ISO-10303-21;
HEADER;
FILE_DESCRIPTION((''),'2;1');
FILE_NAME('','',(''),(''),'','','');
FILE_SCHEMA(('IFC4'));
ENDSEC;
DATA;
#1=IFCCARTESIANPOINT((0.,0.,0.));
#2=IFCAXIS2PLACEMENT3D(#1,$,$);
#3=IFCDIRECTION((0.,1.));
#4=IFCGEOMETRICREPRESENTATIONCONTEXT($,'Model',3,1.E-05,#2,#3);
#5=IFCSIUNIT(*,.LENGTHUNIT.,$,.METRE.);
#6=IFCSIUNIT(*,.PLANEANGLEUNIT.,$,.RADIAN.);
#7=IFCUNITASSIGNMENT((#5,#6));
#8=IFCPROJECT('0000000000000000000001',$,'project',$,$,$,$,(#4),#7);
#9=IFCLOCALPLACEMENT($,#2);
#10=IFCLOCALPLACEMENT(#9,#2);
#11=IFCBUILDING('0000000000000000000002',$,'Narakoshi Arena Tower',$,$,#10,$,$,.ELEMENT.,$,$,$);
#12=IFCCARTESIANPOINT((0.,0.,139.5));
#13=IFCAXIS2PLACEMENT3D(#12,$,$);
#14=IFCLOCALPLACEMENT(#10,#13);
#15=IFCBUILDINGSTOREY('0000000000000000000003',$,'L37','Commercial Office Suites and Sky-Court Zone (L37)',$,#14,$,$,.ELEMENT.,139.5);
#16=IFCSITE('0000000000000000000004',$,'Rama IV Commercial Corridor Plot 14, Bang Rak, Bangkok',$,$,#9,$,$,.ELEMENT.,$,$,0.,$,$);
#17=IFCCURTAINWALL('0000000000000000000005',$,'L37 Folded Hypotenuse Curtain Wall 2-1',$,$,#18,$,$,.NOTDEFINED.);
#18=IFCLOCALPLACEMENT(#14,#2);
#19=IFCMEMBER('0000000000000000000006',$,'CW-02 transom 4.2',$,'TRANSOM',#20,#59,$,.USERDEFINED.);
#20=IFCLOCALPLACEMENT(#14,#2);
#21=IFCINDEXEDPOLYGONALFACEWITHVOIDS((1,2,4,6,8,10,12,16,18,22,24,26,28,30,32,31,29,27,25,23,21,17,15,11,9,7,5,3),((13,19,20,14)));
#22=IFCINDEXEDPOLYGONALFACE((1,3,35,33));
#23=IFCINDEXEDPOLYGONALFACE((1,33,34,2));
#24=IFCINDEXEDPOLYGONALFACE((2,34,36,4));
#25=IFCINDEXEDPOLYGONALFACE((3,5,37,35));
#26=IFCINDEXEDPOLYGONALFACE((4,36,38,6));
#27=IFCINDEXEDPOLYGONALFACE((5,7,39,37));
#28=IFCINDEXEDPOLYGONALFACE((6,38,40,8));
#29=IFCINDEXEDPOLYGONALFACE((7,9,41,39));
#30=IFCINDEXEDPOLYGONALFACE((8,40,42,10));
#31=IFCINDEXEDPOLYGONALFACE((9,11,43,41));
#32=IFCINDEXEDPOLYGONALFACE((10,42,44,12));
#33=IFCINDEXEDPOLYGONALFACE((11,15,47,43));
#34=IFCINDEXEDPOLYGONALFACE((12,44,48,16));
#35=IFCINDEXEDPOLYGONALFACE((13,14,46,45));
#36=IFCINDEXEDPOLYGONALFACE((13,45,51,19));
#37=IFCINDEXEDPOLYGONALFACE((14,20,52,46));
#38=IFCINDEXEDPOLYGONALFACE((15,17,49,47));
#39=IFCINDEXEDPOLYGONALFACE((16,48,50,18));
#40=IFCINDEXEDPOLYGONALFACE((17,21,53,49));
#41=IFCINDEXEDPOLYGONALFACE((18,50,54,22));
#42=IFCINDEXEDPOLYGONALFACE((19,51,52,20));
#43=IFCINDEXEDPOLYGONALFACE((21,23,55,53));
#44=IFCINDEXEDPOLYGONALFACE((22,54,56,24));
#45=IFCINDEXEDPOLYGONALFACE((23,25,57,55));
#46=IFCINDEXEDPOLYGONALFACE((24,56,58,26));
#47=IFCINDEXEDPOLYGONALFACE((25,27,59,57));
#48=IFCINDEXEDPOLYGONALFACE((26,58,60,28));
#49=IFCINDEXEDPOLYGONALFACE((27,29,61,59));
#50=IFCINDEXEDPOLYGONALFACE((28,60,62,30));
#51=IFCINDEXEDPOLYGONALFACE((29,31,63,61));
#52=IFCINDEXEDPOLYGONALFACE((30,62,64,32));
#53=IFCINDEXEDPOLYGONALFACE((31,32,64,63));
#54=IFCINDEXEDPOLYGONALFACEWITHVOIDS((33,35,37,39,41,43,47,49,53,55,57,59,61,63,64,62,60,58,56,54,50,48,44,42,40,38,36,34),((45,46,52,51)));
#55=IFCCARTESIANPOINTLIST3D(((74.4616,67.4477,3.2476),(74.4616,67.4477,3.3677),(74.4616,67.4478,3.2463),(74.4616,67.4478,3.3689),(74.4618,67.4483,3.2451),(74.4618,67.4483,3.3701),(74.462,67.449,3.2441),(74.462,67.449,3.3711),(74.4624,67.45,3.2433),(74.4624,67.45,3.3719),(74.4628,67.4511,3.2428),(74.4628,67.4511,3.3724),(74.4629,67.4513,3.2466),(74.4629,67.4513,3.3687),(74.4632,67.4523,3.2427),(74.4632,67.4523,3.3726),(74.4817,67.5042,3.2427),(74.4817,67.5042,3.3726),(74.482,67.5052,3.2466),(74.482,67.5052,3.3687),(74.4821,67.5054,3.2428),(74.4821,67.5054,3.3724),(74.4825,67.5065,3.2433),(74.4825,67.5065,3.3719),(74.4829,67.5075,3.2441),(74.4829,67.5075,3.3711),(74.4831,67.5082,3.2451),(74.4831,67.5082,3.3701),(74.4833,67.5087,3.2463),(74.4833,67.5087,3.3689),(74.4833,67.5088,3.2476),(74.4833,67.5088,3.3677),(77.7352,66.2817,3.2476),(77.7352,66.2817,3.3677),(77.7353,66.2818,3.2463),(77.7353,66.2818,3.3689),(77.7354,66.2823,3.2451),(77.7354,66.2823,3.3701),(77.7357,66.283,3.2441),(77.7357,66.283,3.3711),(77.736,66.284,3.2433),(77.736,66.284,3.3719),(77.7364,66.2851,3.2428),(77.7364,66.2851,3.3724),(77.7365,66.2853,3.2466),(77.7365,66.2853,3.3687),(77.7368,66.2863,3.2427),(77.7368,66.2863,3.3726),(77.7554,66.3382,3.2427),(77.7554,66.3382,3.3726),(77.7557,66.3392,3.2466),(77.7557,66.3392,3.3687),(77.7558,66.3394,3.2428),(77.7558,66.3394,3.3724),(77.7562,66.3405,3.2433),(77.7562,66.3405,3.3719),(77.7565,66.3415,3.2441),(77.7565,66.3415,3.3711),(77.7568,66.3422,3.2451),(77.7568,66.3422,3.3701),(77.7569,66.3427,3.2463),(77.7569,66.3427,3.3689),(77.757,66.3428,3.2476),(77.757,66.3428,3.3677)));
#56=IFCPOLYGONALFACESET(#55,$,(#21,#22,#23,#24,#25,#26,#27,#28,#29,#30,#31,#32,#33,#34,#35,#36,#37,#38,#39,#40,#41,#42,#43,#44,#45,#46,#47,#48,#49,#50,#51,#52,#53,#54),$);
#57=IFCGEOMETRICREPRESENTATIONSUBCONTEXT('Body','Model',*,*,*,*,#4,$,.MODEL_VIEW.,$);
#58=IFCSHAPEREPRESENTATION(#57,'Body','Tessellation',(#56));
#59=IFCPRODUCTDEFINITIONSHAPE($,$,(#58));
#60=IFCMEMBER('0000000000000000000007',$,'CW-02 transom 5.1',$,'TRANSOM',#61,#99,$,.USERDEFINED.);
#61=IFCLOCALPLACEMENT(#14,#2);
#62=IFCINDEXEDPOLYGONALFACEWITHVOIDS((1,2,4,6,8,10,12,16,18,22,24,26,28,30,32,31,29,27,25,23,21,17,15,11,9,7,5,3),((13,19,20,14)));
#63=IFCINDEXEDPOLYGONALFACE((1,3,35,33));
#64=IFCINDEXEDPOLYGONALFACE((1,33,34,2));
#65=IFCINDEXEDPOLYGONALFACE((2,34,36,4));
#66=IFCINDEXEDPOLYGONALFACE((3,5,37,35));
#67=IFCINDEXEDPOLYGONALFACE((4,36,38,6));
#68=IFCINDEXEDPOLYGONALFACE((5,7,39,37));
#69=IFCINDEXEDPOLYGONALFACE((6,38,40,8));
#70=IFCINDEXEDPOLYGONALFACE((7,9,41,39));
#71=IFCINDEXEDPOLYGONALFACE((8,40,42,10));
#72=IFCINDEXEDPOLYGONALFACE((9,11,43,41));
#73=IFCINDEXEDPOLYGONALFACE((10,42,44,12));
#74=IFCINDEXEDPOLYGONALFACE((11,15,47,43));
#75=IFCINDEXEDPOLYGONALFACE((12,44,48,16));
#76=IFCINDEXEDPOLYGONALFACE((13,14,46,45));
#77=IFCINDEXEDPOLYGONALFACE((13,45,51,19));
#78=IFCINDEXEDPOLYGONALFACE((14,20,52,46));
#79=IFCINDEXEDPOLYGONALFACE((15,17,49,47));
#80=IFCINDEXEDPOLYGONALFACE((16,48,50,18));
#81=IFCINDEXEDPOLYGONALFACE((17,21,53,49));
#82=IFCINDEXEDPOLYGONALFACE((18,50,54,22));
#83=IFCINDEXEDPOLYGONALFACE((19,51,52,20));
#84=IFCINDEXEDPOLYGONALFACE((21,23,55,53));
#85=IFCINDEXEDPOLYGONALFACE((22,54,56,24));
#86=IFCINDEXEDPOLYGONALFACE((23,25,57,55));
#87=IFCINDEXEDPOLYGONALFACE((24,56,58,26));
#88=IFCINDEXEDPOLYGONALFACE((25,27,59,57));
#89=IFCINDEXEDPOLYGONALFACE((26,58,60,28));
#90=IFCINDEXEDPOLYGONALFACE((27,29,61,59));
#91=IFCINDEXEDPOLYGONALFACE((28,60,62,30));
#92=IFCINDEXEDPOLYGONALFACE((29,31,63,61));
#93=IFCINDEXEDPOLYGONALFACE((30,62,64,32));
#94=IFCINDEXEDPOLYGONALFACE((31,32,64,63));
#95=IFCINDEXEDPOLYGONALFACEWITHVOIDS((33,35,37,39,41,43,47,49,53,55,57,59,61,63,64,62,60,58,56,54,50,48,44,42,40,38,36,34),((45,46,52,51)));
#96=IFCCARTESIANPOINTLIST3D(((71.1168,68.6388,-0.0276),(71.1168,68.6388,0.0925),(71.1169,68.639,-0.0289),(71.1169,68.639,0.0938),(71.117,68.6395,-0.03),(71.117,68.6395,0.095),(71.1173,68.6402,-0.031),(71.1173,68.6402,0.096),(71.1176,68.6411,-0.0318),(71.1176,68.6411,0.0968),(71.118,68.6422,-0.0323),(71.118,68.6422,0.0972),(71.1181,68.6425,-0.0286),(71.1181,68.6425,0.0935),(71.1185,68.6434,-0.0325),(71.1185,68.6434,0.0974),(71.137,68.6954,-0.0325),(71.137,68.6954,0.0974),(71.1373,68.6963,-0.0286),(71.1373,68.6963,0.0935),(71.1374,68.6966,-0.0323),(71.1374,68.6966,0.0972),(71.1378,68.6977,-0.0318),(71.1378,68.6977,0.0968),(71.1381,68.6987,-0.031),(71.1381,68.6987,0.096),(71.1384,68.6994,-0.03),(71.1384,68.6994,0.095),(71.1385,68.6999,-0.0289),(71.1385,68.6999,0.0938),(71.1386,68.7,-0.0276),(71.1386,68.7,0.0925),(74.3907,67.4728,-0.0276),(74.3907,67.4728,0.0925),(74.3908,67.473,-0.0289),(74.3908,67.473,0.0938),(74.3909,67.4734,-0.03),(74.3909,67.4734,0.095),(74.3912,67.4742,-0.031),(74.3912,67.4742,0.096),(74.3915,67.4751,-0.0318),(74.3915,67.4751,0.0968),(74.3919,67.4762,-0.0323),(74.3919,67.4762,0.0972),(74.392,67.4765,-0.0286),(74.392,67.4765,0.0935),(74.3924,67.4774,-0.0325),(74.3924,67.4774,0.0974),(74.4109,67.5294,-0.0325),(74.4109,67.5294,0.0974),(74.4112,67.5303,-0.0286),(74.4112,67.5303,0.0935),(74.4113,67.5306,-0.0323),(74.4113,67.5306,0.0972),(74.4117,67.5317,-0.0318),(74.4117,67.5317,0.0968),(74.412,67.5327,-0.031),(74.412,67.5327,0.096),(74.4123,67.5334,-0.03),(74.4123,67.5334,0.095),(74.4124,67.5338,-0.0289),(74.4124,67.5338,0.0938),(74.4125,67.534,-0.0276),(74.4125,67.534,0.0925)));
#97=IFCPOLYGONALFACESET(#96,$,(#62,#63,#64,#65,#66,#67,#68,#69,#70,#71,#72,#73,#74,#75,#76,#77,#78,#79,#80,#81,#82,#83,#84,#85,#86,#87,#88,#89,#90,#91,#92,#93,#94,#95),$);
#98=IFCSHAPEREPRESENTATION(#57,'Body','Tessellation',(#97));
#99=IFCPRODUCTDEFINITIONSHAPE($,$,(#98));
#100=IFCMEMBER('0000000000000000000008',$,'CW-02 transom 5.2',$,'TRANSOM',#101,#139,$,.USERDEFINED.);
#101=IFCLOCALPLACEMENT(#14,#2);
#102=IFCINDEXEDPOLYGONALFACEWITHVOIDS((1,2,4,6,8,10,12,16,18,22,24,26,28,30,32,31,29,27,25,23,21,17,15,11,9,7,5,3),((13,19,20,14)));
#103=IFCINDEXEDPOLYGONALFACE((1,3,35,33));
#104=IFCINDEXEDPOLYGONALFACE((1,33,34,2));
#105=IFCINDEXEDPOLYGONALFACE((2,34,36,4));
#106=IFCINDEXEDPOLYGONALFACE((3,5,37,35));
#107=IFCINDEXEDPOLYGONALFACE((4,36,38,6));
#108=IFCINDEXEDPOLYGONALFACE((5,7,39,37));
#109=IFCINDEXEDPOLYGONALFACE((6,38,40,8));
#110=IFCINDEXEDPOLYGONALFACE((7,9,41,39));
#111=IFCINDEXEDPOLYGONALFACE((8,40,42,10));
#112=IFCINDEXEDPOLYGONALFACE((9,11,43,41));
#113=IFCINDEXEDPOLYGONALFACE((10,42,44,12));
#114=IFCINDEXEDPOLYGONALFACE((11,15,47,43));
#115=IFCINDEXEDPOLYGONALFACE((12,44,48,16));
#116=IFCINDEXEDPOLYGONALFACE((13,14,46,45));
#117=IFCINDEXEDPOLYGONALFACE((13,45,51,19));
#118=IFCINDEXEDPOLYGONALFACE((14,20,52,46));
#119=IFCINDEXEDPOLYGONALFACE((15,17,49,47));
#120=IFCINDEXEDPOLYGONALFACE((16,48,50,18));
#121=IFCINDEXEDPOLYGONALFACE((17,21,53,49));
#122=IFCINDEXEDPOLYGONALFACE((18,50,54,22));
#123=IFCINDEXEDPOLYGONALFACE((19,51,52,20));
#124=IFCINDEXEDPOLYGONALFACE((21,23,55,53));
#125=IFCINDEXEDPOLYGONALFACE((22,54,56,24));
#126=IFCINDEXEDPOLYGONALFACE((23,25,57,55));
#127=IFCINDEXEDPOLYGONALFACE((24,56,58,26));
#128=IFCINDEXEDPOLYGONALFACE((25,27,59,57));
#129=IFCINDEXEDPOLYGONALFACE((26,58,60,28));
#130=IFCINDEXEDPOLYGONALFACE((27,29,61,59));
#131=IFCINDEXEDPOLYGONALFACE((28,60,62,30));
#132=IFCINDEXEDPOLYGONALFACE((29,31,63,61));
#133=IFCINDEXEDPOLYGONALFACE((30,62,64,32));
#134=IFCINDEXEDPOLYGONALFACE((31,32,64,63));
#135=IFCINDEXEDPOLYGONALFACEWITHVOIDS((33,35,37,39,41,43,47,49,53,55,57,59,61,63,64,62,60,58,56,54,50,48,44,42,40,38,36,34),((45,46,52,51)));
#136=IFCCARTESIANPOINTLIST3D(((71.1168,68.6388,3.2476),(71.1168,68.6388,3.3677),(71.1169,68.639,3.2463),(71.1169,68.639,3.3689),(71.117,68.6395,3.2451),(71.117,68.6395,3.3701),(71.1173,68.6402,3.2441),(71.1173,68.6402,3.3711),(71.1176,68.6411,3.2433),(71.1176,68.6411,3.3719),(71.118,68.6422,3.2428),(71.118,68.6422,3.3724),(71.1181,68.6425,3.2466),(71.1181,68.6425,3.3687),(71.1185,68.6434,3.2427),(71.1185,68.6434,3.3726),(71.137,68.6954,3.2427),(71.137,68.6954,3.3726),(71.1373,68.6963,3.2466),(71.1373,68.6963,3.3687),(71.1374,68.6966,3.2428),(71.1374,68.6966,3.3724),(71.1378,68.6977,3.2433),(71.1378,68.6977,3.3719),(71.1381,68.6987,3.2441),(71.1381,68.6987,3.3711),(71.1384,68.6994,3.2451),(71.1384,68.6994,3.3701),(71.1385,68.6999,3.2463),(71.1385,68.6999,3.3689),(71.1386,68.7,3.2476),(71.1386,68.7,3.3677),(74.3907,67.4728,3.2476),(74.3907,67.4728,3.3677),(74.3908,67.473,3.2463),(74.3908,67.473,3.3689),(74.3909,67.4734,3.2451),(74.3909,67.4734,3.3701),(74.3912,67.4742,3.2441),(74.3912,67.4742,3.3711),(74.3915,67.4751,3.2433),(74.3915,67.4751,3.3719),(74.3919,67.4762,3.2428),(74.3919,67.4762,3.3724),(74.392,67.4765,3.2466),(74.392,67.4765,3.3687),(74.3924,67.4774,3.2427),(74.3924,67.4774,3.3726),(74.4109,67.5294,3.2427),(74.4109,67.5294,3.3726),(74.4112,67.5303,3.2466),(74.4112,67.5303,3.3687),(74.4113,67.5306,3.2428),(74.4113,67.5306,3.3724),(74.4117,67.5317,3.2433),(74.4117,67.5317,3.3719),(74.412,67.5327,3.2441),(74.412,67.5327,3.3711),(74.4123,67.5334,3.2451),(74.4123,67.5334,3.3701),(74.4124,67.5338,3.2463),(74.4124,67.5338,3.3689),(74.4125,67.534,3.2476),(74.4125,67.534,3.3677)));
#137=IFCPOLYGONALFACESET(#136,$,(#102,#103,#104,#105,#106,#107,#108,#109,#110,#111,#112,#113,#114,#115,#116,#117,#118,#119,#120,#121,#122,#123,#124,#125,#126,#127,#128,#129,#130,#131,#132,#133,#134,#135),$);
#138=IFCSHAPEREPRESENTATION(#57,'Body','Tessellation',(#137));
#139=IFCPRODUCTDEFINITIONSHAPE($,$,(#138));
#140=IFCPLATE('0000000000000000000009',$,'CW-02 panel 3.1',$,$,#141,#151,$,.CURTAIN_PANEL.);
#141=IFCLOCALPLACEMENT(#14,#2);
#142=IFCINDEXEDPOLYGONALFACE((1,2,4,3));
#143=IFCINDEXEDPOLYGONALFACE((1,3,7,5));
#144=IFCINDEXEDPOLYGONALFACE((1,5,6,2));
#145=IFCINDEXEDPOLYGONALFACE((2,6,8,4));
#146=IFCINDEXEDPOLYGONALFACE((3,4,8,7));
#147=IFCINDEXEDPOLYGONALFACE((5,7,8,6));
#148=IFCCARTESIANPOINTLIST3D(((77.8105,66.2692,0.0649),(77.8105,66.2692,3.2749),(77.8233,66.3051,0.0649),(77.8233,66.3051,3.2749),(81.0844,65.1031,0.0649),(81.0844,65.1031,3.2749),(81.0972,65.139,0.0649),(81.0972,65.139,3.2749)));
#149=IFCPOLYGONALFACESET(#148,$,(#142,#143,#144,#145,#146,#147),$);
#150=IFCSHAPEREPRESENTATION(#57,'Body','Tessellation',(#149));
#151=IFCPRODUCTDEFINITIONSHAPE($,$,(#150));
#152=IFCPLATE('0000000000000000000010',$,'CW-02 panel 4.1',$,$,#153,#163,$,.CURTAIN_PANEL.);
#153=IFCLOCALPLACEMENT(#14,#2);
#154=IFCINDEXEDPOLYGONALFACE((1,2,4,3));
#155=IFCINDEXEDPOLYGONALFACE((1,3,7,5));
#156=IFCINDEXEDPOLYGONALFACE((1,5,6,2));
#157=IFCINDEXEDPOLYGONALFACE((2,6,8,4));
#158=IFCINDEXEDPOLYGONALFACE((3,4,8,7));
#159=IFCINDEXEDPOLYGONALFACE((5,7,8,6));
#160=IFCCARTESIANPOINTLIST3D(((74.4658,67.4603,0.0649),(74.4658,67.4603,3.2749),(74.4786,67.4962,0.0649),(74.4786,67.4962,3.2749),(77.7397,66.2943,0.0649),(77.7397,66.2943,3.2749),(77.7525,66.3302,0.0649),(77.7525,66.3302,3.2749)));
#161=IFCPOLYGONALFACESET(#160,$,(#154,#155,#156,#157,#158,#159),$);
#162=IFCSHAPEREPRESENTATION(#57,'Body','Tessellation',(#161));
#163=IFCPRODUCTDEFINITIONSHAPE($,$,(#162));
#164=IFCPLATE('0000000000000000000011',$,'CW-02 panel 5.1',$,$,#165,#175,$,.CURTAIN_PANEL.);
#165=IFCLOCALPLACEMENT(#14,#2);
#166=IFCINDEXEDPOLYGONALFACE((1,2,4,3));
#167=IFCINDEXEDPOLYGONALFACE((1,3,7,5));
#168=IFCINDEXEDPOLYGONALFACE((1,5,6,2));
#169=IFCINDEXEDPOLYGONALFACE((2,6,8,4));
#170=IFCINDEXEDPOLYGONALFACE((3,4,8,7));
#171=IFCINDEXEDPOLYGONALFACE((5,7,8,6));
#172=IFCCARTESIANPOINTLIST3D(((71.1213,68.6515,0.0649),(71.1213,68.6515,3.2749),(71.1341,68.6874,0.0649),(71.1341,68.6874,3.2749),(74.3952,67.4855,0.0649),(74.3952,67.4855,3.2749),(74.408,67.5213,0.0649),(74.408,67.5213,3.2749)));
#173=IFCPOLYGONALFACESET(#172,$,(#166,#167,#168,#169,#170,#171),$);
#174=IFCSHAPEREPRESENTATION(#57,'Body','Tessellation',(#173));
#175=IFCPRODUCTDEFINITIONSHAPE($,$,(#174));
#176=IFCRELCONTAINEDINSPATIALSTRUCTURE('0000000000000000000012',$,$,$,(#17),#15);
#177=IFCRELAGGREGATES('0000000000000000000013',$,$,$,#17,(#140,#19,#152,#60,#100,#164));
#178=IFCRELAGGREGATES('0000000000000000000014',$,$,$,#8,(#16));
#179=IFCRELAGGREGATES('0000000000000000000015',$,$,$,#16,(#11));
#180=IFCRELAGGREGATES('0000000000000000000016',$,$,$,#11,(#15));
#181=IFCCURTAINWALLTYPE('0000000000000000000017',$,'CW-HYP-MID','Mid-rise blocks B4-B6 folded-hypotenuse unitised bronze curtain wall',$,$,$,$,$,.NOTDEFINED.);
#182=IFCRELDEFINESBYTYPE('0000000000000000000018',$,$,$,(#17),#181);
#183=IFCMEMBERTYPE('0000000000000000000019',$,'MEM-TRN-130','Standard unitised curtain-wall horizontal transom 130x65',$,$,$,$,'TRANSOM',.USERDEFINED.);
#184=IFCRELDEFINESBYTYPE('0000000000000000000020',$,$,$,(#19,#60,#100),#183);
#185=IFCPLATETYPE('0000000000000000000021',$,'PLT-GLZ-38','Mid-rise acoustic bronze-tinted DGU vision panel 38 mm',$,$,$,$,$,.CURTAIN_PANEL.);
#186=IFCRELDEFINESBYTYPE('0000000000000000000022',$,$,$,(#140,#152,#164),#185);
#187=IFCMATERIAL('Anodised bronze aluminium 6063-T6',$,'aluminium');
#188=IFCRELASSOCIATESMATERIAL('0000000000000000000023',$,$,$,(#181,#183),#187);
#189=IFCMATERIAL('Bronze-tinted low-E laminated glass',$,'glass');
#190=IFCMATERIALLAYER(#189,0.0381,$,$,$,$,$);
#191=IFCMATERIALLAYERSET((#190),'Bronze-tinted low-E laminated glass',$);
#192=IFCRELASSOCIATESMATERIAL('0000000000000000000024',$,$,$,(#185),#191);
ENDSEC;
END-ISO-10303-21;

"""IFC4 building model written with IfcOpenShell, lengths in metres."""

from ifc_helpers import new_model, si_unit, direction, frame, origin, origin_2d, place, context, subcontext, project, spatial, rectangle, hollow_rectangle, extrude, material, layer, layer_set, material_profile, profile_set, type_object, element, aggregate, save


model = new_model("IFC4")

# Units and contexts
model_context = context("Model", 3, precision=1e-05, world=origin(), true_north=direction((0.0, 1.0)))
body_context = subcontext(model_context, "Body", "Model", "MODEL_VIEW")
ifc_project = project(units=[si_unit("LENGTHUNIT", "METRE"), si_unit("PLANEANGLEUNIT", "RADIAN")], contexts=[model_context])

# Site, building, storey
site_placement = place(None, origin())
site = spatial("IfcSite", under=ifc_project, at=site_placement, Name="Rama IV Commercial Corridor Plot 14, Bang Rak, Bangkok", CompositionType="ELEMENT", RefElevation=0.0)
building_placement = place(site_placement, origin())
building = spatial("IfcBuilding", under=site, at=building_placement, Name="Narakoshi Arena Tower", CompositionType="ELEMENT")
storey_placement = place(building_placement, frame((0.0, 0.0, 139.5)))
storey = spatial("IfcBuildingStorey", under=building, at=storey_placement, Name="L37", Description="Commercial Office Suites and Sky-Court Zone (L37)", CompositionType="ELEMENT", Elevation=139.5)

# Curtain wall, members, plates
ifc_material_1 = material(Name="Anodised bronze aluminium 6063-T6", Category="aluminium")
curtain_wall_type = type_object("IfcCurtainWallType", Name="CW-HYP-MID", Description="Mid-rise blocks B4-B6 folded-hypotenuse unitised bronze curtain wall", PredefinedType="NOTDEFINED", material=ifc_material_1)
curtain_wall_placement = place(storey_placement, origin())
curtain_wall = element("IfcCurtainWall", 1, at=curtain_wall_placement, inside=storey, type_object=curtain_wall_type, Name="L37 Folded Hypotenuse Curtain Wall 2-1", PredefinedType="NOTDEFINED")
ifc_material_profile_1 = material_profile(ifc_material_1, hollow_rectangle(XDim=0.0649, YDim=0.1299, WallThickness=0.0039, OuterFilletRadius=0.0049, at=origin_2d()), Name="TRN130x65x4")
ifc_profile_set_1 = profile_set([ifc_material_profile_1], Name="Anodised bronze aluminium 6063-T6")
member_type_1 = type_object("IfcMemberType", Name="MEM-TRN-130", Description="Standard unitised curtain-wall horizontal transom 130x65", ElementType="TRANSOM", PredefinedType="USERDEFINED", material=ifc_profile_set_1)
member_1_placement = place(storey_placement, frame((77.7461, 66.3123, 3.3076), z_axis=(-0.942029, 0.335531, 0.0), x_axis=(-0.335531, -0.942029, 0.0)))
member_1 = element("IfcMember", 2, at=member_1_placement, type_object=member_type_1, Name="CW-02 transom 4.2", ObjectType="TRANSOM", PredefinedType="USERDEFINED", context=body_context, shape_type="SweptSolid", body=[
    extrude(hollow_rectangle(XDim=0.0649, YDim=0.1299, WallThickness=0.0039, OuterFilletRadius=0.0049, at=origin_2d()), origin(), (0.0, 0.0, 1.0), 3.4751),
])
member_2_placement = place(storey_placement, frame((74.4016, 67.5034, 0.0325), z_axis=(-0.942037, 0.335509, 0.0), x_axis=(-0.335509, -0.942037, 0.0)))
member_2 = element("IfcMember", 3, at=member_2_placement, type_object=member_type_1, Name="CW-02 transom 5.1", ObjectType="TRANSOM", PredefinedType="USERDEFINED", context=body_context, shape_type="SweptSolid", body=[
    extrude(hollow_rectangle(XDim=0.0649, YDim=0.1299, WallThickness=0.0039, OuterFilletRadius=0.0049, at=origin_2d()), origin(), (0.0, 0.0, 1.0), 3.4753),
])
member_3_placement = place(storey_placement, frame((74.4016, 67.5034, 3.3076), z_axis=(-0.942037, 0.335509, 0.0), x_axis=(-0.335509, -0.942037, 0.0)))
member_3 = element("IfcMember", 4, at=member_3_placement, type_object=member_type_1, Name="CW-02 transom 5.2", ObjectType="TRANSOM", PredefinedType="USERDEFINED", context=body_context, shape_type="SweptSolid", body=[
    extrude(hollow_rectangle(XDim=0.0649, YDim=0.1299, WallThickness=0.0039, OuterFilletRadius=0.0049, at=origin_2d()), origin(), (0.0, 0.0, 1.0), 3.4753),
])
ifc_material_2 = material(Name="Bronze-tinted low-E laminated glass", Category="glass")
ifc_layer_1 = layer(ifc_material_2, 0.0381)
ifc_layer_set_1 = layer_set([ifc_layer_1], Name="Bronze-tinted low-E laminated glass")
plate_type = type_object("IfcPlateType", Name="PLT-GLZ-38", Description="Mid-rise acoustic bronze-tinted DGU vision panel 38 mm", PredefinedType="CURTAIN_PANEL", material=ifc_layer_set_1)
plate_1_placement = place(storey_placement, frame((79.4539, 65.7041, 0.0649), z_axis=(0.0, 0.0, 1.0), x_axis=(-0.942034, 0.335518, 0.0)))
plate_1 = element("IfcPlate", 5, at=plate_1_placement, type_object=plate_type, Name="CW-02 panel 3.1", PredefinedType="CURTAIN_PANEL", context=body_context, shape_type="SweptSolid", body=[
    extrude(rectangle(XDim=3.4753, YDim=0.0381, at=origin_2d()), origin(), (0.0, 0.0, 1.0), 3.21),
])
plate_2_placement = place(storey_placement, frame((76.1091, 66.8953, 0.0649), z_axis=(0.0, 0.0, 1.0), x_axis=(-0.942034, 0.335518, 0.0)))
plate_2 = element("IfcPlate", 6, at=plate_2_placement, type_object=plate_type, Name="CW-02 panel 4.1", PredefinedType="CURTAIN_PANEL", context=body_context, shape_type="SweptSolid", body=[
    extrude(rectangle(XDim=3.4753, YDim=0.0381, at=origin_2d()), origin(), (0.0, 0.0, 1.0), 3.21),
])
plate_3_placement = place(storey_placement, frame((72.7646, 68.0864, 0.0649), z_axis=(0.0, 0.0, 1.0), x_axis=(-0.942034, 0.335518, 0.0)))
plate_3 = element("IfcPlate", 7, at=plate_3_placement, type_object=plate_type, Name="CW-02 panel 5.1", PredefinedType="CURTAIN_PANEL", context=body_context, shape_type="SweptSolid", body=[
    extrude(rectangle(XDim=3.4753, YDim=0.0381, at=origin_2d()), origin(), (0.0, 0.0, 1.0), 3.21),
])
aggregate(curtain_wall, [plate_1, member_1, plate_2, member_2, member_3, plate_3])

save(model, "model.ifc")
